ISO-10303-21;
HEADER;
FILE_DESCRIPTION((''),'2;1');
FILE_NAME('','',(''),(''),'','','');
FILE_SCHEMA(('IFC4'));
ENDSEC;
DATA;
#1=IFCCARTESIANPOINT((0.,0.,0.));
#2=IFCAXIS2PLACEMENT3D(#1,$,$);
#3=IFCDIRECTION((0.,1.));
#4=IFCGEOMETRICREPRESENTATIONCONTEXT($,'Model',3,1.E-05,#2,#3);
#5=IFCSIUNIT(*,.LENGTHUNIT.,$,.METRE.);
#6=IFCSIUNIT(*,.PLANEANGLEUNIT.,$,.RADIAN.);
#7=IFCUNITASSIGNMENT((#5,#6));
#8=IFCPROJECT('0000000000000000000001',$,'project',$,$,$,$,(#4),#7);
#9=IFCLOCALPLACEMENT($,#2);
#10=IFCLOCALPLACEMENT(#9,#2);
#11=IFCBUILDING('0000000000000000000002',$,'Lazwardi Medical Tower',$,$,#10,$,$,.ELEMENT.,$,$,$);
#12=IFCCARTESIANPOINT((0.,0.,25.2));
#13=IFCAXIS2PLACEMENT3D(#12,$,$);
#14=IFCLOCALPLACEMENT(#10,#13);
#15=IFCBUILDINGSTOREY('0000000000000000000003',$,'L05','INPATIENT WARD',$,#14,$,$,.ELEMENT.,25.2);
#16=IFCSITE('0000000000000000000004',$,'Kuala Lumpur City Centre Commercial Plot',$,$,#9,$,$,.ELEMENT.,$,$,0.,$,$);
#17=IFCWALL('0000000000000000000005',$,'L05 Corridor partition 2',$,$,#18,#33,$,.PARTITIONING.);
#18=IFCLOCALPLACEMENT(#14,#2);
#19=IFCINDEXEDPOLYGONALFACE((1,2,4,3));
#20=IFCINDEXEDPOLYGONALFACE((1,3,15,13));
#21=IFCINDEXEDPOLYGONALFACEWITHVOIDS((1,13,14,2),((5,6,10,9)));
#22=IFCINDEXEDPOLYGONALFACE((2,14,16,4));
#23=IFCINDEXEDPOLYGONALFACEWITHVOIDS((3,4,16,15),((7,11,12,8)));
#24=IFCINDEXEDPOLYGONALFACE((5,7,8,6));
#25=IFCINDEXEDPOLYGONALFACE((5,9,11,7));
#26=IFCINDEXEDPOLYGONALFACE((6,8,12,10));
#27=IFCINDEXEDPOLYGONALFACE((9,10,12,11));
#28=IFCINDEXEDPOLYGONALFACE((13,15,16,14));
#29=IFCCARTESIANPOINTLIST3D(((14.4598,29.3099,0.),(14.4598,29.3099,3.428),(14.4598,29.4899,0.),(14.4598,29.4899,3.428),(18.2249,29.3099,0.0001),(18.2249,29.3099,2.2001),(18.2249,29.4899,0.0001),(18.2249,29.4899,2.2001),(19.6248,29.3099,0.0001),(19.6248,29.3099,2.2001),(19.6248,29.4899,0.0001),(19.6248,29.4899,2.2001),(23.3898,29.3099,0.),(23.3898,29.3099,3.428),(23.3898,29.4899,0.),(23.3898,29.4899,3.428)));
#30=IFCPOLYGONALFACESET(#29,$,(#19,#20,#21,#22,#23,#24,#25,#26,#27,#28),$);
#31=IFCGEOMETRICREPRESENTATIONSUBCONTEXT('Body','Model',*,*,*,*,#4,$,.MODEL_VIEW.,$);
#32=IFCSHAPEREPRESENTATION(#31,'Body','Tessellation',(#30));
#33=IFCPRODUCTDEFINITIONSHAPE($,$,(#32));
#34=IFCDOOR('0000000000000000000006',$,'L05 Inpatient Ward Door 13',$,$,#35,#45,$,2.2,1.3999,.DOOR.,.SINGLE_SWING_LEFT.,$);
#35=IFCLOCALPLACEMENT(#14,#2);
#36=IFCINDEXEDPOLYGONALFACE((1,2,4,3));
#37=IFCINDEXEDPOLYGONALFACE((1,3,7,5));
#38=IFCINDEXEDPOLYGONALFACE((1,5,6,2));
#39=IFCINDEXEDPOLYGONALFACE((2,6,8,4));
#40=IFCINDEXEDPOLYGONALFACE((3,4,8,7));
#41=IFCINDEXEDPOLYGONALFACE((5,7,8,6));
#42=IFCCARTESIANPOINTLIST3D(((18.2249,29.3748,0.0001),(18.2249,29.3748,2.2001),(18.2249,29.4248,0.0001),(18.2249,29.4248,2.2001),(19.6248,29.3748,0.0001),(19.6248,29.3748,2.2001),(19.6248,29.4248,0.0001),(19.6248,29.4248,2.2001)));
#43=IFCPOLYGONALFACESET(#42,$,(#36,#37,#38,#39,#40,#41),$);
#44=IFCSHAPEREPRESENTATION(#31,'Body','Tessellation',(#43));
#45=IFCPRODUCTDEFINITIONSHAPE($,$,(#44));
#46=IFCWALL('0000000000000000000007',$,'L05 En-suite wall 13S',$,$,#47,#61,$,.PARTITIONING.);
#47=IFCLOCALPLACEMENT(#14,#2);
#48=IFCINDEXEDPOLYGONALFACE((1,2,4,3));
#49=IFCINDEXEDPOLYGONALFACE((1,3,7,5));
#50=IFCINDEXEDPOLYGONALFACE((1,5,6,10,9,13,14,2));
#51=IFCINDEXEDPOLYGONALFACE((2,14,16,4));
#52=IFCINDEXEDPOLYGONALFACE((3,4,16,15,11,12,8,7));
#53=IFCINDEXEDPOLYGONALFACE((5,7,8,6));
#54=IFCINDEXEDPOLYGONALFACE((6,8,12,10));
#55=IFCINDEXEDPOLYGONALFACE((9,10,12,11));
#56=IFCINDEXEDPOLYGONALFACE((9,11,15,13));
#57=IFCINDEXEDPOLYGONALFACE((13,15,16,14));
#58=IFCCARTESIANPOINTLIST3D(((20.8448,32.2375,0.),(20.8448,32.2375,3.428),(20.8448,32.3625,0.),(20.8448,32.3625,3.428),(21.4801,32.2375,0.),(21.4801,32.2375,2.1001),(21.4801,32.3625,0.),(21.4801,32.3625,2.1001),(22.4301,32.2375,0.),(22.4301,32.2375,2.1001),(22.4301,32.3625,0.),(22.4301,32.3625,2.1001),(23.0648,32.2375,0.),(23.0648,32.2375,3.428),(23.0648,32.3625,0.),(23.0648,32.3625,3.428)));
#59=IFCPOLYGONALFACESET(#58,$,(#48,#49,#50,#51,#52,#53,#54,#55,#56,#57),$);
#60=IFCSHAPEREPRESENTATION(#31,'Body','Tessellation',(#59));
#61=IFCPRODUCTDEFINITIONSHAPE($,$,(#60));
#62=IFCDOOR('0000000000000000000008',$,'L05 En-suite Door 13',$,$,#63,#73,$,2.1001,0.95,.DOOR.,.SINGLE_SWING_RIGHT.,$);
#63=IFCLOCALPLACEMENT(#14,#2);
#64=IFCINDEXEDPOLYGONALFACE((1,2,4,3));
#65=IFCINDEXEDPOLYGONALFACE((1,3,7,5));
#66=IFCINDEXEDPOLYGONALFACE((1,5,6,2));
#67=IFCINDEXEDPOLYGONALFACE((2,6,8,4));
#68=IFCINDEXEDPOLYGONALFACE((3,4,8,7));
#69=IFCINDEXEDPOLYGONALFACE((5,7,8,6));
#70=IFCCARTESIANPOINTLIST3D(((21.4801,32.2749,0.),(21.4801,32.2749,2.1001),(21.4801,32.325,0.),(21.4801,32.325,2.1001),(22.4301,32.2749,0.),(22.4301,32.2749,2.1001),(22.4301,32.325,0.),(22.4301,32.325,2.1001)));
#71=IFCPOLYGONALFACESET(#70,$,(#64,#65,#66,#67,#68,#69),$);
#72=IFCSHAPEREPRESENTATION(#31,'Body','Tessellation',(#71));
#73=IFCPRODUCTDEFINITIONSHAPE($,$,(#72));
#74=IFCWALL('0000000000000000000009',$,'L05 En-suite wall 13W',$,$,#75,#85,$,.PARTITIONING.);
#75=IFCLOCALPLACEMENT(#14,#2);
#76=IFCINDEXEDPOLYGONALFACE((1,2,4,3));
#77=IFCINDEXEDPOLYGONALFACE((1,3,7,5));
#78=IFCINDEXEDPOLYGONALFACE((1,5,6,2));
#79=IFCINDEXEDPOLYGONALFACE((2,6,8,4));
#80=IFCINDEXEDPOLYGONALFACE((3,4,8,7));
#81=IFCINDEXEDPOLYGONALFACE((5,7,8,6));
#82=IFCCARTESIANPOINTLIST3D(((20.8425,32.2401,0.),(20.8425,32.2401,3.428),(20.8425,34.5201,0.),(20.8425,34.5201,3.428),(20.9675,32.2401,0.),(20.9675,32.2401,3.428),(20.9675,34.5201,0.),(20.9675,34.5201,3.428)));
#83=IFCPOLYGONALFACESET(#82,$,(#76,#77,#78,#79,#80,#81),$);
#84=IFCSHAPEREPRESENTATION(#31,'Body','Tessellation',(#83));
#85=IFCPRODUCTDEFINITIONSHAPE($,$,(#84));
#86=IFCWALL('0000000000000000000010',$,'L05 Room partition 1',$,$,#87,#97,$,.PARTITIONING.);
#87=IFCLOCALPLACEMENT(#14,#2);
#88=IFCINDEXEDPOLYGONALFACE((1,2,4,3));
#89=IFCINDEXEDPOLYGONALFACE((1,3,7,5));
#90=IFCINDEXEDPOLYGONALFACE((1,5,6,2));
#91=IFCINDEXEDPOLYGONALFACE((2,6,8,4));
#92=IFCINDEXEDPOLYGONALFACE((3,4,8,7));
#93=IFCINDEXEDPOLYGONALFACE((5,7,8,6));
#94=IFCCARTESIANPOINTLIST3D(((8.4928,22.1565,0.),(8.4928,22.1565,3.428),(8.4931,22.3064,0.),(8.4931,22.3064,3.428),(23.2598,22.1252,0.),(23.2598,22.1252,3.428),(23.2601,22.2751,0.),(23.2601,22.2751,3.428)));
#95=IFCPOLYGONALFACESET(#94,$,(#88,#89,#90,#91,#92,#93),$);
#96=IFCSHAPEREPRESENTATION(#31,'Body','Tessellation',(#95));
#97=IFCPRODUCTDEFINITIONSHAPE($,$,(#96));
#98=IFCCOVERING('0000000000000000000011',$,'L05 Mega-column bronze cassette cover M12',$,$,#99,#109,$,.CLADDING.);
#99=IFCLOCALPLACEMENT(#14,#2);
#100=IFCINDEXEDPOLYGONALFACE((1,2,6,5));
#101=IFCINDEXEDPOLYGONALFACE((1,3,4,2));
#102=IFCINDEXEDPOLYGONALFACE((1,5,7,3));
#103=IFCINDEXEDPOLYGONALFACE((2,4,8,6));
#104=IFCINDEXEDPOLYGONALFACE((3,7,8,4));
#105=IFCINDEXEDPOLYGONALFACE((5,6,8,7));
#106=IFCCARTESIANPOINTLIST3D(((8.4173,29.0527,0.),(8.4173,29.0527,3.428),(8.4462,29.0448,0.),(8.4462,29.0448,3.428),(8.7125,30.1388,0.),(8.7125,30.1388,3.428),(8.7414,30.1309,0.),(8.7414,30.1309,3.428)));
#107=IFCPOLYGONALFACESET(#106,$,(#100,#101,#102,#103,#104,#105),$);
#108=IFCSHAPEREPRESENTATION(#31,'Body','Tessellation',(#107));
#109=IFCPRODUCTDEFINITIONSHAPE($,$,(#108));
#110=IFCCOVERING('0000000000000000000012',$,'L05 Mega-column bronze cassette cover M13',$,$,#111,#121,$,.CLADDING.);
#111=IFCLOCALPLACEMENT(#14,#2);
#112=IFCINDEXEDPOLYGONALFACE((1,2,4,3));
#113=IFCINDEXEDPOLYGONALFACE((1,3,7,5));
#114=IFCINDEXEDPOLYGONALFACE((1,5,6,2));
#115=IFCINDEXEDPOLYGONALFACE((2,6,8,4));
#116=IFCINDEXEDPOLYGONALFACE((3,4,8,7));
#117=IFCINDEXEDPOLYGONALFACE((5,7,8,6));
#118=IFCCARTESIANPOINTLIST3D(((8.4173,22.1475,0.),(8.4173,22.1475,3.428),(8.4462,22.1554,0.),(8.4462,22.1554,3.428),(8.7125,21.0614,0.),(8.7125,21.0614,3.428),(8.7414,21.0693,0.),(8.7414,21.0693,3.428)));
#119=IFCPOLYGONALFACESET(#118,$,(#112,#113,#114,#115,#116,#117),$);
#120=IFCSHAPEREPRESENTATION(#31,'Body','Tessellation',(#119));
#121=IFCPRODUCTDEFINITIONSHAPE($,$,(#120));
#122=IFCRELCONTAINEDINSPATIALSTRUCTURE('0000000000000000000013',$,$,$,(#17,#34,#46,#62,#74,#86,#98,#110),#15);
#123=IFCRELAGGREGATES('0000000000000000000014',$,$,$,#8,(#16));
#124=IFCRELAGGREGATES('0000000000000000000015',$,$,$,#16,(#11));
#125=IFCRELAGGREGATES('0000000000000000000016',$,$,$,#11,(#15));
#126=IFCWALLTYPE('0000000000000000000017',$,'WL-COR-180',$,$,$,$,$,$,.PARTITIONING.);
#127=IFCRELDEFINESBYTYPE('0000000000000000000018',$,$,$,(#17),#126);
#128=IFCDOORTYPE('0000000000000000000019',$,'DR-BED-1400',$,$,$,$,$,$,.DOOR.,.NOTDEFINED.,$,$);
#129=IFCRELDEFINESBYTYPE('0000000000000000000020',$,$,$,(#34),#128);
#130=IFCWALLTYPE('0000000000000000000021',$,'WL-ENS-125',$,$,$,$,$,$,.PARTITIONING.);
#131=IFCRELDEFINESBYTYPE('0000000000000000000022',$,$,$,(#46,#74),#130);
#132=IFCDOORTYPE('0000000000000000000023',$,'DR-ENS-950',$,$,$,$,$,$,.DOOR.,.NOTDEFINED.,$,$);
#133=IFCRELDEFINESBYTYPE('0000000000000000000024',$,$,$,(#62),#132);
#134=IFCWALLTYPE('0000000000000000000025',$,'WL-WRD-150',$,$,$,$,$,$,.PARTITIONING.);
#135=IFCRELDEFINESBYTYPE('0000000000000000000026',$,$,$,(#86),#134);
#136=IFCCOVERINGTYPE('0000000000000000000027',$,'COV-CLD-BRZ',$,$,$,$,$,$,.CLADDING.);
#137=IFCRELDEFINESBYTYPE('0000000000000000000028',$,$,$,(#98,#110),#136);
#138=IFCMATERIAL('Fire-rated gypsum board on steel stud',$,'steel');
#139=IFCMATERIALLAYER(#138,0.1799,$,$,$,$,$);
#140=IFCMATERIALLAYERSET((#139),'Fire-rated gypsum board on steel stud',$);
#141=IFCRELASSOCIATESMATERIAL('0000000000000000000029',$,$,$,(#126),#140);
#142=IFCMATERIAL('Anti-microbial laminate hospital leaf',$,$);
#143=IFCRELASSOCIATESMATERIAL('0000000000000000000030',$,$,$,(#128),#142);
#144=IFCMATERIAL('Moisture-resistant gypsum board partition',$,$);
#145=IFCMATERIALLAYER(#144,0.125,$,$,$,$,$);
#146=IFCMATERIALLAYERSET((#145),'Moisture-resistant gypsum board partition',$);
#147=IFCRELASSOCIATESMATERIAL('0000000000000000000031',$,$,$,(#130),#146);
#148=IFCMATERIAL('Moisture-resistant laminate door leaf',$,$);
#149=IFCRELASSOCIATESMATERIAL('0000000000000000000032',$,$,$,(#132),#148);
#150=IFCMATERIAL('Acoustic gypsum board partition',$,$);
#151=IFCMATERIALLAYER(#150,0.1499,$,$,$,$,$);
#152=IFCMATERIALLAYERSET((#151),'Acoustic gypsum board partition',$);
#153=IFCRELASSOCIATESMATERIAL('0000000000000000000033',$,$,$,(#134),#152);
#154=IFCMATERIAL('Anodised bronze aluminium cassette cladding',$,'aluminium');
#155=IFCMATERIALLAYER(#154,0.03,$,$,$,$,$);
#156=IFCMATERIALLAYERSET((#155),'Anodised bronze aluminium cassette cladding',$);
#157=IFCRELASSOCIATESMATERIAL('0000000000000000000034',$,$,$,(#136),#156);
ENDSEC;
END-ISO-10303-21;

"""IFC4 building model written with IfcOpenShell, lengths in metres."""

from ifc_helpers import new_model, si_unit, direction, frame, frame_2d, origin, origin_2d, place, context, subcontext, project, spatial, rectangle, extrude, material, layer, layer_set, type_object, element, fill, save


model = new_model("IFC4")

# Units and contexts
model_context = context("Model", 3, precision=1e-05, world=origin(), true_north=direction((0.0, 1.0)))
body_context = subcontext(model_context, "Body", "Model", "MODEL_VIEW")
ifc_project = project(units=[si_unit("LENGTHUNIT", "METRE"), si_unit("PLANEANGLEUNIT", "RADIAN")], contexts=[model_context])

# Site, building, storey
site_placement = place(None, origin())
site = spatial("IfcSite", under=ifc_project, at=site_placement, Name="Kuala Lumpur City Centre Commercial Plot", CompositionType="ELEMENT", RefElevation=0.0)
building_placement = place(site_placement, origin())
building = spatial("IfcBuilding", under=site, at=building_placement, Name="Lazwardi Medical Tower", CompositionType="ELEMENT")
storey_placement = place(building_placement, frame((0.0, 0.0, 25.2)))
storey = spatial("IfcBuildingStorey", under=building, at=storey_placement, Name="L05", Description="INPATIENT WARD", CompositionType="ELEMENT", Elevation=25.2)

# Shared definitions
ifc_material_1 = material(Name="Fire-rated gypsum board on steel stud", Category="steel")
ifc_layer_1 = layer(ifc_material_1, 0.1799)
ifc_layer_set_1 = layer_set([ifc_layer_1], Name="Fire-rated gypsum board on steel stud")
wall_type_1 = type_object("IfcWallType", Name="WL-COR-180", PredefinedType="PARTITIONING", material=ifc_layer_set_1)

# Walls, openings, doors
wall_1_placement = place(storey_placement, frame((14.46, 29.3999, 0.0), z_axis=(0.0, 0.0, 1.0), x_axis=(1.0, 0.0, 0.0)))
wall_1 = element("IfcWall", 1, at=wall_1_placement, inside=storey, type_object=wall_type_1, Name="L05 Corridor partition 2", PredefinedType="PARTITIONING", context=body_context, shape_type="SweptSolid", body=[
    extrude(rectangle(XDim=8.9299, YDim=0.1799, at=frame_2d((4.4648, 0.0))), origin(), (0.0, 0.0, 1.0), 3.428),
])
opening_1_placement = place(wall_1_placement, frame((3.7649, 0.0, 0.0)))
opening_1 = element("IfcOpeningElement", 2, at=opening_1_placement, cuts=wall_1, PredefinedType="OPENING", context=body_context, shape_type="SweptSolid", body=[
    extrude(rectangle(XDim=1.3999, YDim=2.2, at=frame_2d((0.7, 1.1001))), frame((0.0, 0.0999, 0.0), z_axis=(0.0, -1.0, 0.0), x_axis=(1.0, 0.0, 0.0)), (0.0, 0.0, 1.0), 0.2),
])
ifc_material_2 = material(Name="Anti-microbial laminate hospital leaf")
door_type_1 = type_object("IfcDoorType", Name="DR-BED-1400", OperationType="NOTDEFINED", PredefinedType="DOOR", material=ifc_material_2)
door_1_placement = place(opening_1_placement, origin())
door_1 = element("IfcDoor", 3, at=door_1_placement, inside=storey, type_object=door_type_1, Name="L05 Inpatient Ward Door 13", OperationType="SINGLE_SWING_LEFT", OverallHeight=2.2, OverallWidth=1.3999, PredefinedType="DOOR", context=body_context, shape_type="SweptSolid", body=[
    extrude(rectangle(XDim=1.3999, YDim=2.2, at=frame_2d((0.7, 1.1001))), frame((0.0, 0.0249, 0.0), z_axis=(0.0, -1.0, 0.0), x_axis=(1.0, 0.0, 0.0)), (0.0, 0.0, 1.0), 0.05),
])
fill(opening_1, door_1)
ifc_material_3 = material(Name="Moisture-resistant gypsum board partition")
ifc_layer_2 = layer(ifc_material_3, 0.125)
ifc_layer_set_2 = layer_set([ifc_layer_2], Name="Moisture-resistant gypsum board partition")
wall_type_2 = type_object("IfcWallType", Name="WL-ENS-125", PredefinedType="PARTITIONING", material=ifc_layer_set_2)
wall_2_placement = place(storey_placement, frame((20.845, 32.3, 0.0), z_axis=(0.0, 0.0, 1.0), x_axis=(1.0, 0.0, 0.0)))
wall_2 = element("IfcWall", 4, at=wall_2_placement, inside=storey, type_object=wall_type_2, Name="L05 En-suite wall 13S", PredefinedType="PARTITIONING", context=body_context, shape_type="SweptSolid", body=[
    extrude(rectangle(XDim=2.22, YDim=0.125, at=frame_2d((1.1099, 0.0))), origin(), (0.0, 0.0, 1.0), 3.428),
])
opening_2_placement = place(wall_2_placement, frame((0.635, 0.0, 0.0)))
opening_2 = element("IfcOpeningElement", 5, at=opening_2_placement, cuts=wall_2, PredefinedType="OPENING", context=body_context, shape_type="SweptSolid", body=[
    extrude(rectangle(XDim=0.95, YDim=2.1001, at=frame_2d((0.4751, 1.05))), frame((0.0, 0.0725, 0.0), z_axis=(0.0, -1.0, 0.0), x_axis=(1.0, 0.0, 0.0)), (0.0, 0.0, 1.0), 0.145),
])
ifc_material_4 = material(Name="Moisture-resistant laminate door leaf")
door_type_2 = type_object("IfcDoorType", Name="DR-ENS-950", OperationType="NOTDEFINED", PredefinedType="DOOR", material=ifc_material_4)
door_2_placement = place(opening_2_placement, origin())
door_2 = element("IfcDoor", 6, at=door_2_placement, inside=storey, type_object=door_type_2, Name="L05 En-suite Door 13", OperationType="SINGLE_SWING_RIGHT", OverallHeight=2.1001, OverallWidth=0.95, PredefinedType="DOOR", context=body_context, shape_type="SweptSolid", body=[
    extrude(rectangle(XDim=0.95, YDim=2.1001, at=frame_2d((0.4751, 1.05))), frame((0.0, 0.0249, 0.0), z_axis=(0.0, -1.0, 0.0), x_axis=(1.0, 0.0, 0.0)), (0.0, 0.0, 1.0), 0.05),
])
fill(opening_2, door_2)

# Walls
wall_3_placement = place(storey_placement, frame((20.905, 32.24, 0.0), z_axis=(0.0, 0.0, 1.0), x_axis=(0.0, 1.0, 0.0)))
element("IfcWall", 7, at=wall_3_placement, inside=storey, type_object=wall_type_2, Name="L05 En-suite wall 13W", PredefinedType="PARTITIONING", context=body_context, shape_type="SweptSolid", body=[
    extrude(rectangle(XDim=2.28, YDim=0.125, at=frame_2d((1.1401, 0.0))), origin(), (0.0, 0.0, 1.0), 3.428),
])
ifc_material_5 = material(Name="Acoustic gypsum board partition")
ifc_layer_3 = layer(ifc_material_5, 0.1499)
ifc_layer_set_3 = layer_set([ifc_layer_3], Name="Acoustic gypsum board partition")
wall_type_3 = type_object("IfcWallType", Name="WL-WRD-150", PredefinedType="PARTITIONING", material=ifc_layer_set_3)
wall_4_placement = place(storey_placement, frame((8.4929, 22.2314, 0.0), z_axis=(0.0, 0.0, 1.0), x_axis=(0.999998, -0.002116, 0.0)))
element("IfcWall", 8, at=wall_4_placement, inside=storey, type_object=wall_type_3, Name="L05 Room partition 1", PredefinedType="PARTITIONING", context=body_context, shape_type="SweptSolid", body=[
    extrude(rectangle(XDim=14.7671, YDim=0.1499, at=frame_2d((7.3835, 0.0))), origin(), (0.0, 0.0, 1.0), 3.428),
])

# Coverings
ifc_material_6 = material(Name="Anodised bronze aluminium cassette cladding", Category="aluminium")
ifc_layer_4 = layer(ifc_material_6, 0.03)
ifc_layer_set_4 = layer_set([ifc_layer_4], Name="Anodised bronze aluminium cassette cladding")
covering_type = type_object("IfcCoveringType", Name="COV-CLD-BRZ", PredefinedType="CLADDING", material=ifc_layer_set_4)
for number, where, z_axis, x_axis, name in (
    (9, (8.5793, 29.5918, 0.0), (0.0, 0.0, 1.0), (-0.262283, -0.964991, 0.0), "L05 Mega-column bronze cassette cover M12"),
    (10, (8.5793, 21.6084, 0.0), (0.0, 0.0, 1.0), (0.262283, -0.964991, 0.0), "L05 Mega-column bronze cassette cover M13"),
):
    element("IfcCovering", number, at=place(storey_placement, frame(where, z_axis=z_axis, x_axis=x_axis)), inside=storey, type_object=covering_type, Name=name, PredefinedType="CLADDING", context=body_context, shape_type="SweptSolid", body=[
        extrude(rectangle(XDim=1.1255, YDim=0.03, at=origin_2d()), origin(), (0.0, 0.0, 1.0), 3.428),
    ])

save(model, "model.ifc")
